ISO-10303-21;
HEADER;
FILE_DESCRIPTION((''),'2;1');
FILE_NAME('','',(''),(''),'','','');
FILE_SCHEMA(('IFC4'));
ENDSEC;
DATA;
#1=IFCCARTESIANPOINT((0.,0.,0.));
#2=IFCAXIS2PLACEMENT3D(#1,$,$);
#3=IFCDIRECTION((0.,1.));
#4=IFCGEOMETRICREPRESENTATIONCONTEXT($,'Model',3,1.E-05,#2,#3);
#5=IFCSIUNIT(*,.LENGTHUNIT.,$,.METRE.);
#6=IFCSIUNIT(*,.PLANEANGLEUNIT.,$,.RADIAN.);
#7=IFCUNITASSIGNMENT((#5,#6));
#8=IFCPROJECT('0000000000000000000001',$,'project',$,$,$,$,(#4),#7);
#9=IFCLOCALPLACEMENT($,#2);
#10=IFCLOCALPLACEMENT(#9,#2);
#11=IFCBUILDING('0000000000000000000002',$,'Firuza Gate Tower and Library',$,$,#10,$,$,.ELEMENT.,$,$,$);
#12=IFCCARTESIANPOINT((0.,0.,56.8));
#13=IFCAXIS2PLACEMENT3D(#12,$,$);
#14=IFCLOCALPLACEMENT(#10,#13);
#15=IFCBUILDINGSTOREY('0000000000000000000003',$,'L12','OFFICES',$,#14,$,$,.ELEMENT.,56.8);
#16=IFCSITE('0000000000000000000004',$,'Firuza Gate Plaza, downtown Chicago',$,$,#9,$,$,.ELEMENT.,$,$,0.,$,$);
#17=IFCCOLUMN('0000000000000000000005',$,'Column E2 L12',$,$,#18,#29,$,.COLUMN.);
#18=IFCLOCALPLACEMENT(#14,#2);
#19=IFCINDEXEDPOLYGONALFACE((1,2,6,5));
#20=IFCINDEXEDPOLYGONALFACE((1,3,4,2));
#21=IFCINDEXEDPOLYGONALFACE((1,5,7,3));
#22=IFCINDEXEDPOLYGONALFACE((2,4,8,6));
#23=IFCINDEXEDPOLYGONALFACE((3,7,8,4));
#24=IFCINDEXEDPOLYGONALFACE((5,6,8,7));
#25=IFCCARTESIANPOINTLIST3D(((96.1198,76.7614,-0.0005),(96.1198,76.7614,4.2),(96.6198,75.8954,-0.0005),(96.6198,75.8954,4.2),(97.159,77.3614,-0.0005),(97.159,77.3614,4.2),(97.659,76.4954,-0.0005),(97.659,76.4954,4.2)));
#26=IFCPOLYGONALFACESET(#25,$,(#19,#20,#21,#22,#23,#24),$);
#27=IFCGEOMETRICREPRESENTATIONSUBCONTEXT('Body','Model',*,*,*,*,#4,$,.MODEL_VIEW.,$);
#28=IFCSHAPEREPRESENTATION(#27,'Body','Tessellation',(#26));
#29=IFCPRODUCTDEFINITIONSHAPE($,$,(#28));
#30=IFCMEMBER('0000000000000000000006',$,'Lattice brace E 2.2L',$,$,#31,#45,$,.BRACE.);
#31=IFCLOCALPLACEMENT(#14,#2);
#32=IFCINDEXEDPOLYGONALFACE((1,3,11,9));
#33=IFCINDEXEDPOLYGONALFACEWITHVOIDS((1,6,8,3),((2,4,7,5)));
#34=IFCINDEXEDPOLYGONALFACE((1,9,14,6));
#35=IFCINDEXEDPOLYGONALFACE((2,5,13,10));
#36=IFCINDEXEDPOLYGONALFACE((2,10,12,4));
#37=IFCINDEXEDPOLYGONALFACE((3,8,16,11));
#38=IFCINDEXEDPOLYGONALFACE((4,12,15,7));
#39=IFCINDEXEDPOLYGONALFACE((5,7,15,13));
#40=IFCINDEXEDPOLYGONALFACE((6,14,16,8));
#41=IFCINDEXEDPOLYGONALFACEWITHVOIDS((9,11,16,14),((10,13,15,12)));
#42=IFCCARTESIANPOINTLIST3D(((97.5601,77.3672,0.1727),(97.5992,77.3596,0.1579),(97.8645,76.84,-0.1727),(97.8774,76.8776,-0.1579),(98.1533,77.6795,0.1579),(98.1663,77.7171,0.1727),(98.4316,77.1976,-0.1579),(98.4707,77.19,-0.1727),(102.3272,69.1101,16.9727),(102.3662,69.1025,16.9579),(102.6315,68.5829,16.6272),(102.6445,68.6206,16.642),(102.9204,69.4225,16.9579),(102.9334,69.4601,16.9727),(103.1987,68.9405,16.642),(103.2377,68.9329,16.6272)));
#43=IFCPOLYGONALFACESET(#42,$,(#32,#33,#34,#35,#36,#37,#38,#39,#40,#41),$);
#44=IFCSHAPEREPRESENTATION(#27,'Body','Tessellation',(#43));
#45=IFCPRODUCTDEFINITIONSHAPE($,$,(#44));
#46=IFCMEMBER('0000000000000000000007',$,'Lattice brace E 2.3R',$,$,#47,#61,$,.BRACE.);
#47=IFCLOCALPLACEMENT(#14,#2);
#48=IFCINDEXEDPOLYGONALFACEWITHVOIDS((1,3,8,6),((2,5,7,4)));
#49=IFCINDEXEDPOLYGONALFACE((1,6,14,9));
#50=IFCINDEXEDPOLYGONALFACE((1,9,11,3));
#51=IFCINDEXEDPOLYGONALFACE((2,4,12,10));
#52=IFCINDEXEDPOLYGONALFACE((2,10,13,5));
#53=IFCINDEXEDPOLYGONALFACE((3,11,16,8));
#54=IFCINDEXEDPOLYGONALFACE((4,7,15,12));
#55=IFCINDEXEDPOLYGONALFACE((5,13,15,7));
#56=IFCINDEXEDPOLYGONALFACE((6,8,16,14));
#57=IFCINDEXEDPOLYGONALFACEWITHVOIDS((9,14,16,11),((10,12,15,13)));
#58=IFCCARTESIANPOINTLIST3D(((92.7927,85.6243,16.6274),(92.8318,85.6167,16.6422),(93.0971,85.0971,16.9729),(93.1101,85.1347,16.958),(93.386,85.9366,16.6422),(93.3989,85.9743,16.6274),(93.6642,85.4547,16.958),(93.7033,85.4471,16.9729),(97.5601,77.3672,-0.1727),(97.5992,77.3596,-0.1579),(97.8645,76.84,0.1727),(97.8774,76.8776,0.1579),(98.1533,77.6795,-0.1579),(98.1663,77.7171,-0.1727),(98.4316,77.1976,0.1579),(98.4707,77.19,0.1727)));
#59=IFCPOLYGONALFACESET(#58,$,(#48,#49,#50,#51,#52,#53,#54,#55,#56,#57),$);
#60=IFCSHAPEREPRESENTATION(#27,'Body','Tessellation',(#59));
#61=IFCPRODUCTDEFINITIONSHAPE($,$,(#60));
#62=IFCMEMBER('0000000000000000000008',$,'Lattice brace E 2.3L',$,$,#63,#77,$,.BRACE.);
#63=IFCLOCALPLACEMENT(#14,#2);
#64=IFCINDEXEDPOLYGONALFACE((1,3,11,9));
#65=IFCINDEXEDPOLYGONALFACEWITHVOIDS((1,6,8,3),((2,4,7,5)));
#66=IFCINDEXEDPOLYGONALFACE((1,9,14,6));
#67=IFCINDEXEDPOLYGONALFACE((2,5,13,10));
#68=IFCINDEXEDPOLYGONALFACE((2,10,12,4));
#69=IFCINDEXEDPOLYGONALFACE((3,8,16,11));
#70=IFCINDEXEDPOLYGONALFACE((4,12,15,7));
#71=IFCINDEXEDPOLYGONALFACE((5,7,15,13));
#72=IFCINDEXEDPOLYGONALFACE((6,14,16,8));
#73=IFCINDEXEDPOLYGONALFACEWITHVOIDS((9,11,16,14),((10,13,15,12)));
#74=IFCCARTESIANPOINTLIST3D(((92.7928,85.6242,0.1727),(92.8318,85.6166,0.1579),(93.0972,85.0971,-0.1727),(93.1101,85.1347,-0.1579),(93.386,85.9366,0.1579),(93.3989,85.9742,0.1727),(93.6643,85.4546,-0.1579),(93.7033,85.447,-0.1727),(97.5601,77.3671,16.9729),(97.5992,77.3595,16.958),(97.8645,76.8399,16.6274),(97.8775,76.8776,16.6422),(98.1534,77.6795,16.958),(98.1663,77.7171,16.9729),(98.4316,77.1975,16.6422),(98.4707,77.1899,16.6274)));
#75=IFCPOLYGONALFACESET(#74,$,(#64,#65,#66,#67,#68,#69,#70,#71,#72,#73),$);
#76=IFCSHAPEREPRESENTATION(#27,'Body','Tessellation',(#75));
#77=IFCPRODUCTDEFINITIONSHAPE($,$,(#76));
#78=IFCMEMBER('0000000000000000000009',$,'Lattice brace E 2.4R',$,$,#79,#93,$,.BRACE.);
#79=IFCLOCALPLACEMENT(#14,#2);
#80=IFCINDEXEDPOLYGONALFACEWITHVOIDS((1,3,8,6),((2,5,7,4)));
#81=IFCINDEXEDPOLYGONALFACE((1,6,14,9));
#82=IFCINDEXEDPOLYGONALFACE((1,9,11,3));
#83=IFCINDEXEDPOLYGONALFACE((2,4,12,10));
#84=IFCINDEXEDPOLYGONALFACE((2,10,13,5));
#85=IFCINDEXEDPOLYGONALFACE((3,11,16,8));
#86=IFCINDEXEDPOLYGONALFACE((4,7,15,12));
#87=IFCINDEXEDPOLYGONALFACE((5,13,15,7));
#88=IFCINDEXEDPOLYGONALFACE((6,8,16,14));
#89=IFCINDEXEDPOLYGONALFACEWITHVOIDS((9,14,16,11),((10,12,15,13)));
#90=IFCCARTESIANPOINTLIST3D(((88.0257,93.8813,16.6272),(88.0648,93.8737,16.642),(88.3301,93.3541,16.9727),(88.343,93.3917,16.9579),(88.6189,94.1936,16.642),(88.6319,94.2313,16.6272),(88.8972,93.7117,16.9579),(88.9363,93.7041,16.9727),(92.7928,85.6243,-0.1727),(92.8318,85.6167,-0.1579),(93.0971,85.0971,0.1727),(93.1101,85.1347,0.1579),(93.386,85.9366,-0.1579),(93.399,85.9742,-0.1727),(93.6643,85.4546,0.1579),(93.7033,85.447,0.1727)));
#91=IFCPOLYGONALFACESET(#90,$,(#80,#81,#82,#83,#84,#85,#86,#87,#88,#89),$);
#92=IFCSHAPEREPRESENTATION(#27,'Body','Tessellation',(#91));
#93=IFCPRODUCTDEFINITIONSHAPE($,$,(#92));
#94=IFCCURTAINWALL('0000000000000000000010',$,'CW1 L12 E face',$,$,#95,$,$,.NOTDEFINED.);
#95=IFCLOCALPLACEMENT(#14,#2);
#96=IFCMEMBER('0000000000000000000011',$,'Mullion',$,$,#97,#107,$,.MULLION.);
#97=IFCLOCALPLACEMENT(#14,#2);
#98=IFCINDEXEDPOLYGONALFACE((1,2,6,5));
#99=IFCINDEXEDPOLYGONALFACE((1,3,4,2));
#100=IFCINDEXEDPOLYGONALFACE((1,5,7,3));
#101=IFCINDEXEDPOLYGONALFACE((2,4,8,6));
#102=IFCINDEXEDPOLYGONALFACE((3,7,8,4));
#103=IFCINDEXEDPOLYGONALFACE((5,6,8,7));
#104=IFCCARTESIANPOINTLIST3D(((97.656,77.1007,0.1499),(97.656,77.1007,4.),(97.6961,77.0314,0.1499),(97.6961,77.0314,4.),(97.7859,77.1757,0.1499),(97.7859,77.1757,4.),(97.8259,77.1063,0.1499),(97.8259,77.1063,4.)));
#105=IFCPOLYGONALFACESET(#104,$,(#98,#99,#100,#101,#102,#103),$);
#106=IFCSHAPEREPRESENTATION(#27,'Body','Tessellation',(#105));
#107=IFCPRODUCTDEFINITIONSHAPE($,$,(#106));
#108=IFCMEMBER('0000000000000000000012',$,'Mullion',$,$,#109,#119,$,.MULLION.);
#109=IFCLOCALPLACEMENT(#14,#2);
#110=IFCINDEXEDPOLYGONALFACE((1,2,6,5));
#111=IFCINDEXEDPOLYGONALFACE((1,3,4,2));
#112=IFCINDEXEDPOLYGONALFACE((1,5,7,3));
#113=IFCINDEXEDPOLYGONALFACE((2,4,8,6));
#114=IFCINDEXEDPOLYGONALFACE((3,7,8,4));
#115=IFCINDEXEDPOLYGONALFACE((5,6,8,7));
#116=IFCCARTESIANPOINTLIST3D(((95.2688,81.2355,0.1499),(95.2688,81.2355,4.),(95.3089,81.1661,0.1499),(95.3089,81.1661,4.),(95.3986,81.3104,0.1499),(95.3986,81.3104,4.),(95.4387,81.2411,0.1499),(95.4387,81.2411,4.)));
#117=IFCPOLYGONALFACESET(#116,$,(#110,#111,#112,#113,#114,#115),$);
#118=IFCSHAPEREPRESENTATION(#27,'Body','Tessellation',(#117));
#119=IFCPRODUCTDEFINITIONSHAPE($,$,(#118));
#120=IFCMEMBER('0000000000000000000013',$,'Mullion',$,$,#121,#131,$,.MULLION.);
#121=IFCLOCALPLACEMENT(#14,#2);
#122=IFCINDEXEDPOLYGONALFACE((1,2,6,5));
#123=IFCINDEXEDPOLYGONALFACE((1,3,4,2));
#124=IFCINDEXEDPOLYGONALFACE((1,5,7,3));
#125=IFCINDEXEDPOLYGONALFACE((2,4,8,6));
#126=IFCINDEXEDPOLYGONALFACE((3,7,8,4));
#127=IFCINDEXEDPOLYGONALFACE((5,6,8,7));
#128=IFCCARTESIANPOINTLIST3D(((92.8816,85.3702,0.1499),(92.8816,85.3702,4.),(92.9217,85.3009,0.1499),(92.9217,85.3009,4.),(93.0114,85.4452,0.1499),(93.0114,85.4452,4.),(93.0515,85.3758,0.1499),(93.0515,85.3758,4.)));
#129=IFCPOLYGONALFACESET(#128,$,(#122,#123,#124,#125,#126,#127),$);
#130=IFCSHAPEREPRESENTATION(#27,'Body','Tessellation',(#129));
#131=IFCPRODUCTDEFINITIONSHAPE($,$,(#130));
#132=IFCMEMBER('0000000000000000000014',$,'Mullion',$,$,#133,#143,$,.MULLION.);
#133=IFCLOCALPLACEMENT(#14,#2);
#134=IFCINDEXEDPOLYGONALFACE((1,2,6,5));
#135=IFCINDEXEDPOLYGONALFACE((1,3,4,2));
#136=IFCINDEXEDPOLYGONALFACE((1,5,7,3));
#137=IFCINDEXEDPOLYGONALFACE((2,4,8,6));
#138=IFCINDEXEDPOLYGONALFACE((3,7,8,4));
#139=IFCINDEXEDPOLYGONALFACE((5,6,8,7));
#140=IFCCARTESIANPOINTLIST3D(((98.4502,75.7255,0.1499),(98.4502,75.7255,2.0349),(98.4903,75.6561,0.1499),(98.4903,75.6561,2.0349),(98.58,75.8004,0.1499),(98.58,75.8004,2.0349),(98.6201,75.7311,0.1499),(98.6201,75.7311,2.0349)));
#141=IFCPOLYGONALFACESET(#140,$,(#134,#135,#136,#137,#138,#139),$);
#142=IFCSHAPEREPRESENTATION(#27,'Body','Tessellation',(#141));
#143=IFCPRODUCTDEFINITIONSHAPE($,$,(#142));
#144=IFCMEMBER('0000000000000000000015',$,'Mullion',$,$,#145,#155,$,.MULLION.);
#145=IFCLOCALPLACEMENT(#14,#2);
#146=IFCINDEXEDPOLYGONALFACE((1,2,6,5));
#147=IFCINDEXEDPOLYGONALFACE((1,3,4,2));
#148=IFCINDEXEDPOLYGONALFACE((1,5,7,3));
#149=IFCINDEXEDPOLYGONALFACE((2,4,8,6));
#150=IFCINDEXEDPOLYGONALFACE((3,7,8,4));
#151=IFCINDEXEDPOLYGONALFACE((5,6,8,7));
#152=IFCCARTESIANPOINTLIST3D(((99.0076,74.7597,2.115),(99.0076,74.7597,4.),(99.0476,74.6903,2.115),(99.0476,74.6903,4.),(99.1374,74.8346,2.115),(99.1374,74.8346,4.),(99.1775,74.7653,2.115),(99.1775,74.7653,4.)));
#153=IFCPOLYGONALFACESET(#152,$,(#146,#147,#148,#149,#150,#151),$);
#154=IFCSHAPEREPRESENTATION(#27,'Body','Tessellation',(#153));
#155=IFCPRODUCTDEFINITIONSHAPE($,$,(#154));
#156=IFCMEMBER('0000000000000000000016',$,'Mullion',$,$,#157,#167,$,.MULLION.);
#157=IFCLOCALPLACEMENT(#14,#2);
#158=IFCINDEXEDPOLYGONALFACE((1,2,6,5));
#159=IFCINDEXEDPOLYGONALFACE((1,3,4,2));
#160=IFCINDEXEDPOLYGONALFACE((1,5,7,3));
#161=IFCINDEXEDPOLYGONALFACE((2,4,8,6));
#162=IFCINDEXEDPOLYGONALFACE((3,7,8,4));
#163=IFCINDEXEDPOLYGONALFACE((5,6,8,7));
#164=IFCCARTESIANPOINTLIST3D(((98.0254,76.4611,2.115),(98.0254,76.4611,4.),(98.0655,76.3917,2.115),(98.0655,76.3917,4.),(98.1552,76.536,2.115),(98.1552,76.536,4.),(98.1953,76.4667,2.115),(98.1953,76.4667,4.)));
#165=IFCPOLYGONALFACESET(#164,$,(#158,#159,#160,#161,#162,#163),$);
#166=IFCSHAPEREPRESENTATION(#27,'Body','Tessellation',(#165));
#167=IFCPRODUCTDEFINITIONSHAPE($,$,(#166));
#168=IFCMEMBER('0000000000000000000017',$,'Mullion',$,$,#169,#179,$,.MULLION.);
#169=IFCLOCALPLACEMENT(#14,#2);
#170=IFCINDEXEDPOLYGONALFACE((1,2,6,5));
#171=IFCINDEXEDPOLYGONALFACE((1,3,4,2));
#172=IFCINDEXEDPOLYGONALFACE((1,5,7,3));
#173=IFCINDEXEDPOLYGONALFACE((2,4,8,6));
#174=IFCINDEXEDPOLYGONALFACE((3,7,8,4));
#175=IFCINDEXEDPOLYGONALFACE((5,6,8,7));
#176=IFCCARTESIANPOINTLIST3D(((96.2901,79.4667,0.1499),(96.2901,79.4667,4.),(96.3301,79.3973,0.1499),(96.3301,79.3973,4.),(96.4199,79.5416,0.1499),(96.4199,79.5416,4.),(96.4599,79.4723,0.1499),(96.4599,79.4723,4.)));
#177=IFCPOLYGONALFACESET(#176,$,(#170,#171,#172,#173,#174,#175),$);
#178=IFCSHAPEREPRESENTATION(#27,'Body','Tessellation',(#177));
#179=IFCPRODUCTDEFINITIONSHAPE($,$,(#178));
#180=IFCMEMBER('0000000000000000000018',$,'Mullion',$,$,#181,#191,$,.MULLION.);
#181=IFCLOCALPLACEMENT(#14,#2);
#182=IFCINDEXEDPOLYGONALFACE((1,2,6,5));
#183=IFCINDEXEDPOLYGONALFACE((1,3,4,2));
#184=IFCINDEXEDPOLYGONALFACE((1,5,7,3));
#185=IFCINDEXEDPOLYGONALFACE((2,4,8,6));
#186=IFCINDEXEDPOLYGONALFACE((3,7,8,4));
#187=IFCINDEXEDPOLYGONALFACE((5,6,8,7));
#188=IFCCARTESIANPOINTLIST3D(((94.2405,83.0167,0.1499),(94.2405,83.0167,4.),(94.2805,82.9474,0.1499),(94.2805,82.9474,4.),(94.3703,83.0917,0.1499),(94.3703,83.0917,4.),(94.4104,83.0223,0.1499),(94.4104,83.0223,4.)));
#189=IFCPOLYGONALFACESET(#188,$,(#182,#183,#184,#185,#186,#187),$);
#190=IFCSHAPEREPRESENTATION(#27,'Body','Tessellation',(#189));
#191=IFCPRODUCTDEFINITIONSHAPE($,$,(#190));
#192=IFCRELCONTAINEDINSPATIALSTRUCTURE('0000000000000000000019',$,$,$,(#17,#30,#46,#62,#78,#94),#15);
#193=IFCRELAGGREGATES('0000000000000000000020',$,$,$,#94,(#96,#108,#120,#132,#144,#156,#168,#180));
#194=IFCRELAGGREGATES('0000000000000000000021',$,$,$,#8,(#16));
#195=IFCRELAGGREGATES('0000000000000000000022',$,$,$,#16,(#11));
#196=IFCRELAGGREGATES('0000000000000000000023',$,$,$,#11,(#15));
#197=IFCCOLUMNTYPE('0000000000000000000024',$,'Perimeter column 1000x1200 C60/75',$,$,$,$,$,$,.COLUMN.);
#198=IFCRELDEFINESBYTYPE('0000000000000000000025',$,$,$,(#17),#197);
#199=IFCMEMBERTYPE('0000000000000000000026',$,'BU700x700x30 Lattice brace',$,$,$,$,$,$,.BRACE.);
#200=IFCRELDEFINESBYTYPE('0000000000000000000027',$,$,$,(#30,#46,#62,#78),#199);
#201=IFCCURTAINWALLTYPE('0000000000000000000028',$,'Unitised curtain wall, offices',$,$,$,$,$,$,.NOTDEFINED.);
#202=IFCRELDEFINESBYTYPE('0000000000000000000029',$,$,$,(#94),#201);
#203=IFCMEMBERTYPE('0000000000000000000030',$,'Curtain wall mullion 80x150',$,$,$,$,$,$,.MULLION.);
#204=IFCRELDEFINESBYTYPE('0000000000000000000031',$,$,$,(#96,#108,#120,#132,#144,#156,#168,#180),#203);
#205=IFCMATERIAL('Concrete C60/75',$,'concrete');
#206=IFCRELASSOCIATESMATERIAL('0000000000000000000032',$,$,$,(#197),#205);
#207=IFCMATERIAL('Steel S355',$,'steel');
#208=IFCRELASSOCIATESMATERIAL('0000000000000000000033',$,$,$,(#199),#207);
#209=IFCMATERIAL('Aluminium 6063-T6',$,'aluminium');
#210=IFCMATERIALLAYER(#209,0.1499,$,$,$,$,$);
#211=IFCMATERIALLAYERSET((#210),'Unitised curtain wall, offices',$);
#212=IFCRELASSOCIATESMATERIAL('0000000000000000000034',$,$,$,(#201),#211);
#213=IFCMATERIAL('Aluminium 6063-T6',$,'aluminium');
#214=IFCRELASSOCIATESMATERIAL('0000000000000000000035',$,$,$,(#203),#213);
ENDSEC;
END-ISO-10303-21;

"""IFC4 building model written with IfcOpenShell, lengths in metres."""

from ifc_helpers import new_model, si_unit, direction, frame, origin, origin_2d, place, context, subcontext, project, spatial, rectangle, hollow_rectangle, extrude, material, layer, layer_set, material_profile, profile_set, type_object, element, aggregate, save


model = new_model("IFC4")

# Units and contexts
model_context = context("Model", 3, precision=1e-05, world=origin(), true_north=direction((0.0, 1.0)))
body_context = subcontext(model_context, "Body", "Model", "MODEL_VIEW")
ifc_project = project(units=[si_unit("LENGTHUNIT", "METRE"), si_unit("PLANEANGLEUNIT", "RADIAN")], contexts=[model_context])

# Site, building, storey
site_placement = place(None, origin())
site = spatial("IfcSite", under=ifc_project, at=site_placement, Name="Firuza Gate Plaza, downtown Chicago", CompositionType="ELEMENT", RefElevation=0.0)
building_placement = place(site_placement, origin())
building = spatial("IfcBuilding", under=site, at=building_placement, Name="Firuza Gate Tower and Library", CompositionType="ELEMENT")
storey_placement = place(building_placement, frame((0.0, 0.0, 56.8)))
storey = spatial("IfcBuildingStorey", under=building, at=storey_placement, Name="L12", Description="OFFICES", CompositionType="ELEMENT", Elevation=56.8)

# Column
ifc_material_1 = material(Name="Concrete C60/75", Category="concrete")
ifc_material_profile_1 = material_profile(ifc_material_1, rectangle(XDim=1.0, YDim=1.2, at=origin_2d()))
ifc_profile_set_1 = profile_set([ifc_material_profile_1], Name="Concrete C60/75")
column_type = type_object("IfcColumnType", Name="Perimeter column 1000x1200 C60/75", PredefinedType="COLUMN", material=ifc_profile_set_1)
column_placement = place(storey_placement, frame((96.8894, 76.6284, -0.0005), z_axis=(0.0, 0.0, 1.0), x_axis=(-0.5, 0.866025, 0.0)))
element("IfcColumn", 1, at=column_placement, inside=storey, type_object=column_type, Name="Column E2 L12", PredefinedType="COLUMN", context=body_context, shape_type="SweptSolid", body=[
    extrude(rectangle(XDim=1.0, YDim=1.2, at=origin_2d()), origin(), (0.0, 0.0, 1.0), 4.2004),
])

# Members
ifc_material_2 = material(Name="Steel S355", Category="steel")
ifc_material_profile_2 = material_profile(ifc_material_2, hollow_rectangle(XDim=0.7, YDim=0.7, WallThickness=0.03, at=origin_2d()))
ifc_profile_set_2 = profile_set([ifc_material_profile_2], Name="Steel S355")
member_type_1 = type_object("IfcMemberType", Name="BU700x700x30 Lattice brace", PredefinedType="BRACE", material=ifc_profile_set_2)
member_1_placement = place(storey_placement, frame((98.0154, 77.2786, 0.0), z_axis=(0.246782, -0.427452, 0.869703), x_axis=(0.866032, 0.499989, 0.0)))
element("IfcMember", 2, at=member_1_placement, inside=storey, type_object=member_type_1, Name="Lattice brace E 2.2L", PredefinedType="BRACE", context=body_context, shape_type="SweptSolid", body=[
    extrude(hollow_rectangle(XDim=0.7, YDim=0.7, WallThickness=0.03, at=origin_2d()), origin(), (0.0, 0.0, 1.0), 19.3169),
])
for number, where, z_axis, x_axis, name in (
    (3, (98.0154, 77.2786, 0.0), (-0.246794, 0.42745, 0.8697), (-0.866021, -0.500008, 0.0), "Lattice brace E 2.3R"),
    (4, (93.248, 85.5356, 0.0), (0.246794, -0.42745, 0.8697), (0.866021, 0.500008, 0.0), "Lattice brace E 2.3L"),
):
    element("IfcMember", number, at=place(storey_placement, frame(where, z_axis=z_axis, x_axis=x_axis)), inside=storey, type_object=member_type_1, Name=name, PredefinedType="BRACE", context=body_context, shape_type="SweptSolid", body=[
        extrude(hollow_rectangle(XDim=0.7, YDim=0.7, WallThickness=0.03, at=origin_2d()), origin(), (0.0, 0.0, 1.0), 19.3171),
    ])
member_2_placement = place(storey_placement, frame((93.248, 85.5356, 0.0), z_axis=(-0.246782, 0.427452, 0.869703), x_axis=(-0.866032, -0.499989, 0.0)))
element("IfcMember", 5, at=member_2_placement, inside=storey, type_object=member_type_1, Name="Lattice brace E 2.4R", PredefinedType="BRACE", context=body_context, shape_type="SweptSolid", body=[
    extrude(hollow_rectangle(XDim=0.7, YDim=0.7, WallThickness=0.03, at=origin_2d()), origin(), (0.0, 0.0, 1.0), 19.3169),
])

# Curtain wall, members
ifc_material_3 = material(Name="Aluminium 6063-T6", Category="aluminium")
ifc_layer_1 = layer(ifc_material_3, 0.1499)
ifc_layer_set_1 = layer_set([ifc_layer_1], Name="Unitised curtain wall, offices")
curtain_wall_type = type_object("IfcCurtainWallType", Name="Unitised curtain wall, offices", PredefinedType="NOTDEFINED", material=ifc_layer_set_1)
curtain_wall_placement = place(storey_placement, origin())
curtain_wall = element("IfcCurtainWall", 6, at=curtain_wall_placement, inside=storey, type_object=curtain_wall_type, Name="CW1 L12 E face", PredefinedType="NOTDEFINED")
ifc_material_4 = material(Name="Aluminium 6063-T6", Category="aluminium")
ifc_material_profile_3 = material_profile(ifc_material_4, rectangle(XDim=0.1499, YDim=0.0801, at=origin_2d()))
ifc_profile_set_3 = profile_set([ifc_material_profile_3], Name="Aluminium 6063-T6")
member_type_2 = type_object("IfcMemberType", Name="Curtain wall mullion 80x150", PredefinedType="MULLION", material=ifc_profile_set_3)
member_3_placement = place(storey_placement, frame((97.741, 77.1035, 0.1499), z_axis=(0.0, 0.0, 1.0), x_axis=(-0.866025, -0.5, 0.0)))
member_3 = element("IfcMember", 7, at=member_3_placement, type_object=member_type_2, Name="Mullion", PredefinedType="MULLION", context=body_context, shape_type="SweptSolid", body=[
    extrude(rectangle(XDim=0.1499, YDim=0.0801, at=origin_2d()), origin(), (0.0, 0.0, 1.0), 3.8501),
])
member_4_placement = place(storey_placement, frame((95.3538, 81.2383, 0.1499), z_axis=(0.0, 0.0, 1.0), x_axis=(-0.866025, -0.5, 0.0)))
member_4 = element("IfcMember", 8, at=member_4_placement, type_object=member_type_2, Name="Mullion", PredefinedType="MULLION", context=body_context, shape_type="SweptSolid", body=[
    extrude(rectangle(XDim=0.1499, YDim=0.0801, at=origin_2d()), origin(), (0.0, 0.0, 1.0), 3.8501),
])
member_5_placement = place(storey_placement, frame((92.9666, 85.373, 0.1499), z_axis=(0.0, 0.0, 1.0), x_axis=(-0.866025, -0.5, 0.0)))
member_5 = element("IfcMember", 9, at=member_5_placement, type_object=member_type_2, Name="Mullion", PredefinedType="MULLION", context=body_context, shape_type="SweptSolid", body=[
    extrude(rectangle(XDim=0.1499, YDim=0.0801, at=origin_2d()), origin(), (0.0, 0.0, 1.0), 3.8501),
])
member_6_placement = place(storey_placement, frame((98.5352, 75.7283, 0.1499), z_axis=(0.0, 0.0, 1.0), x_axis=(-0.866025, -0.5, 0.0)))
member_6 = element("IfcMember", 10, at=member_6_placement, type_object=member_type_2, Name="Mullion", PredefinedType="MULLION", context=body_context, shape_type="SweptSolid", body=[
    extrude(rectangle(XDim=0.1499, YDim=0.0801, at=origin_2d()), origin(), (0.0, 0.0, 1.0), 1.885),
])
member_7_placement = place(storey_placement, frame((99.0925, 74.7625, 2.115), z_axis=(0.0, 0.0, 1.0), x_axis=(-0.866025, -0.5, 0.0)))
member_7 = element("IfcMember", 11, at=member_7_placement, type_object=member_type_2, Name="Mullion", PredefinedType="MULLION", context=body_context, shape_type="SweptSolid", body=[
    extrude(rectangle(XDim=0.1499, YDim=0.0801, at=origin_2d()), origin(), (0.0, 0.0, 1.0), 1.885),
])
member_8_placement = place(storey_placement, frame((98.1104, 76.4639, 2.115), z_axis=(0.0, 0.0, 1.0), x_axis=(-0.866025, -0.5, 0.0)))
member_8 = element("IfcMember", 12, at=member_8_placement, type_object=member_type_2, Name="Mullion", PredefinedType="MULLION", context=body_context, shape_type="SweptSolid", body=[
    extrude(rectangle(XDim=0.1499, YDim=0.0801, at=origin_2d()), origin(), (0.0, 0.0, 1.0), 1.885),
])
member_9_placement = place(storey_placement, frame((96.375, 79.4695, 0.1499), z_axis=(0.0, 0.0, 1.0), x_axis=(-0.866025, -0.5, 0.0)))
member_9 = element("IfcMember", 13, at=member_9_placement, type_object=member_type_2, Name="Mullion", PredefinedType="MULLION", context=body_context, shape_type="SweptSolid", body=[
    extrude(rectangle(XDim=0.1499, YDim=0.0801, at=origin_2d()), origin(), (0.0, 0.0, 1.0), 3.8501),
])
member_10_placement = place(storey_placement, frame((94.3254, 83.0195, 0.1499), z_axis=(0.0, 0.0, 1.0), x_axis=(-0.866025, -0.5, 0.0)))
member_10 = element("IfcMember", 14, at=member_10_placement, type_object=member_type_2, Name="Mullion", PredefinedType="MULLION", context=body_context, shape_type="SweptSolid", body=[
    extrude(rectangle(XDim=0.1499, YDim=0.0801, at=origin_2d()), origin(), (0.0, 0.0, 1.0), 3.8501),
])

aggregate(curtain_wall, [member_3, member_4, member_5, member_6, member_7, member_8, member_9, member_10])

save(model, "model.ifc")
